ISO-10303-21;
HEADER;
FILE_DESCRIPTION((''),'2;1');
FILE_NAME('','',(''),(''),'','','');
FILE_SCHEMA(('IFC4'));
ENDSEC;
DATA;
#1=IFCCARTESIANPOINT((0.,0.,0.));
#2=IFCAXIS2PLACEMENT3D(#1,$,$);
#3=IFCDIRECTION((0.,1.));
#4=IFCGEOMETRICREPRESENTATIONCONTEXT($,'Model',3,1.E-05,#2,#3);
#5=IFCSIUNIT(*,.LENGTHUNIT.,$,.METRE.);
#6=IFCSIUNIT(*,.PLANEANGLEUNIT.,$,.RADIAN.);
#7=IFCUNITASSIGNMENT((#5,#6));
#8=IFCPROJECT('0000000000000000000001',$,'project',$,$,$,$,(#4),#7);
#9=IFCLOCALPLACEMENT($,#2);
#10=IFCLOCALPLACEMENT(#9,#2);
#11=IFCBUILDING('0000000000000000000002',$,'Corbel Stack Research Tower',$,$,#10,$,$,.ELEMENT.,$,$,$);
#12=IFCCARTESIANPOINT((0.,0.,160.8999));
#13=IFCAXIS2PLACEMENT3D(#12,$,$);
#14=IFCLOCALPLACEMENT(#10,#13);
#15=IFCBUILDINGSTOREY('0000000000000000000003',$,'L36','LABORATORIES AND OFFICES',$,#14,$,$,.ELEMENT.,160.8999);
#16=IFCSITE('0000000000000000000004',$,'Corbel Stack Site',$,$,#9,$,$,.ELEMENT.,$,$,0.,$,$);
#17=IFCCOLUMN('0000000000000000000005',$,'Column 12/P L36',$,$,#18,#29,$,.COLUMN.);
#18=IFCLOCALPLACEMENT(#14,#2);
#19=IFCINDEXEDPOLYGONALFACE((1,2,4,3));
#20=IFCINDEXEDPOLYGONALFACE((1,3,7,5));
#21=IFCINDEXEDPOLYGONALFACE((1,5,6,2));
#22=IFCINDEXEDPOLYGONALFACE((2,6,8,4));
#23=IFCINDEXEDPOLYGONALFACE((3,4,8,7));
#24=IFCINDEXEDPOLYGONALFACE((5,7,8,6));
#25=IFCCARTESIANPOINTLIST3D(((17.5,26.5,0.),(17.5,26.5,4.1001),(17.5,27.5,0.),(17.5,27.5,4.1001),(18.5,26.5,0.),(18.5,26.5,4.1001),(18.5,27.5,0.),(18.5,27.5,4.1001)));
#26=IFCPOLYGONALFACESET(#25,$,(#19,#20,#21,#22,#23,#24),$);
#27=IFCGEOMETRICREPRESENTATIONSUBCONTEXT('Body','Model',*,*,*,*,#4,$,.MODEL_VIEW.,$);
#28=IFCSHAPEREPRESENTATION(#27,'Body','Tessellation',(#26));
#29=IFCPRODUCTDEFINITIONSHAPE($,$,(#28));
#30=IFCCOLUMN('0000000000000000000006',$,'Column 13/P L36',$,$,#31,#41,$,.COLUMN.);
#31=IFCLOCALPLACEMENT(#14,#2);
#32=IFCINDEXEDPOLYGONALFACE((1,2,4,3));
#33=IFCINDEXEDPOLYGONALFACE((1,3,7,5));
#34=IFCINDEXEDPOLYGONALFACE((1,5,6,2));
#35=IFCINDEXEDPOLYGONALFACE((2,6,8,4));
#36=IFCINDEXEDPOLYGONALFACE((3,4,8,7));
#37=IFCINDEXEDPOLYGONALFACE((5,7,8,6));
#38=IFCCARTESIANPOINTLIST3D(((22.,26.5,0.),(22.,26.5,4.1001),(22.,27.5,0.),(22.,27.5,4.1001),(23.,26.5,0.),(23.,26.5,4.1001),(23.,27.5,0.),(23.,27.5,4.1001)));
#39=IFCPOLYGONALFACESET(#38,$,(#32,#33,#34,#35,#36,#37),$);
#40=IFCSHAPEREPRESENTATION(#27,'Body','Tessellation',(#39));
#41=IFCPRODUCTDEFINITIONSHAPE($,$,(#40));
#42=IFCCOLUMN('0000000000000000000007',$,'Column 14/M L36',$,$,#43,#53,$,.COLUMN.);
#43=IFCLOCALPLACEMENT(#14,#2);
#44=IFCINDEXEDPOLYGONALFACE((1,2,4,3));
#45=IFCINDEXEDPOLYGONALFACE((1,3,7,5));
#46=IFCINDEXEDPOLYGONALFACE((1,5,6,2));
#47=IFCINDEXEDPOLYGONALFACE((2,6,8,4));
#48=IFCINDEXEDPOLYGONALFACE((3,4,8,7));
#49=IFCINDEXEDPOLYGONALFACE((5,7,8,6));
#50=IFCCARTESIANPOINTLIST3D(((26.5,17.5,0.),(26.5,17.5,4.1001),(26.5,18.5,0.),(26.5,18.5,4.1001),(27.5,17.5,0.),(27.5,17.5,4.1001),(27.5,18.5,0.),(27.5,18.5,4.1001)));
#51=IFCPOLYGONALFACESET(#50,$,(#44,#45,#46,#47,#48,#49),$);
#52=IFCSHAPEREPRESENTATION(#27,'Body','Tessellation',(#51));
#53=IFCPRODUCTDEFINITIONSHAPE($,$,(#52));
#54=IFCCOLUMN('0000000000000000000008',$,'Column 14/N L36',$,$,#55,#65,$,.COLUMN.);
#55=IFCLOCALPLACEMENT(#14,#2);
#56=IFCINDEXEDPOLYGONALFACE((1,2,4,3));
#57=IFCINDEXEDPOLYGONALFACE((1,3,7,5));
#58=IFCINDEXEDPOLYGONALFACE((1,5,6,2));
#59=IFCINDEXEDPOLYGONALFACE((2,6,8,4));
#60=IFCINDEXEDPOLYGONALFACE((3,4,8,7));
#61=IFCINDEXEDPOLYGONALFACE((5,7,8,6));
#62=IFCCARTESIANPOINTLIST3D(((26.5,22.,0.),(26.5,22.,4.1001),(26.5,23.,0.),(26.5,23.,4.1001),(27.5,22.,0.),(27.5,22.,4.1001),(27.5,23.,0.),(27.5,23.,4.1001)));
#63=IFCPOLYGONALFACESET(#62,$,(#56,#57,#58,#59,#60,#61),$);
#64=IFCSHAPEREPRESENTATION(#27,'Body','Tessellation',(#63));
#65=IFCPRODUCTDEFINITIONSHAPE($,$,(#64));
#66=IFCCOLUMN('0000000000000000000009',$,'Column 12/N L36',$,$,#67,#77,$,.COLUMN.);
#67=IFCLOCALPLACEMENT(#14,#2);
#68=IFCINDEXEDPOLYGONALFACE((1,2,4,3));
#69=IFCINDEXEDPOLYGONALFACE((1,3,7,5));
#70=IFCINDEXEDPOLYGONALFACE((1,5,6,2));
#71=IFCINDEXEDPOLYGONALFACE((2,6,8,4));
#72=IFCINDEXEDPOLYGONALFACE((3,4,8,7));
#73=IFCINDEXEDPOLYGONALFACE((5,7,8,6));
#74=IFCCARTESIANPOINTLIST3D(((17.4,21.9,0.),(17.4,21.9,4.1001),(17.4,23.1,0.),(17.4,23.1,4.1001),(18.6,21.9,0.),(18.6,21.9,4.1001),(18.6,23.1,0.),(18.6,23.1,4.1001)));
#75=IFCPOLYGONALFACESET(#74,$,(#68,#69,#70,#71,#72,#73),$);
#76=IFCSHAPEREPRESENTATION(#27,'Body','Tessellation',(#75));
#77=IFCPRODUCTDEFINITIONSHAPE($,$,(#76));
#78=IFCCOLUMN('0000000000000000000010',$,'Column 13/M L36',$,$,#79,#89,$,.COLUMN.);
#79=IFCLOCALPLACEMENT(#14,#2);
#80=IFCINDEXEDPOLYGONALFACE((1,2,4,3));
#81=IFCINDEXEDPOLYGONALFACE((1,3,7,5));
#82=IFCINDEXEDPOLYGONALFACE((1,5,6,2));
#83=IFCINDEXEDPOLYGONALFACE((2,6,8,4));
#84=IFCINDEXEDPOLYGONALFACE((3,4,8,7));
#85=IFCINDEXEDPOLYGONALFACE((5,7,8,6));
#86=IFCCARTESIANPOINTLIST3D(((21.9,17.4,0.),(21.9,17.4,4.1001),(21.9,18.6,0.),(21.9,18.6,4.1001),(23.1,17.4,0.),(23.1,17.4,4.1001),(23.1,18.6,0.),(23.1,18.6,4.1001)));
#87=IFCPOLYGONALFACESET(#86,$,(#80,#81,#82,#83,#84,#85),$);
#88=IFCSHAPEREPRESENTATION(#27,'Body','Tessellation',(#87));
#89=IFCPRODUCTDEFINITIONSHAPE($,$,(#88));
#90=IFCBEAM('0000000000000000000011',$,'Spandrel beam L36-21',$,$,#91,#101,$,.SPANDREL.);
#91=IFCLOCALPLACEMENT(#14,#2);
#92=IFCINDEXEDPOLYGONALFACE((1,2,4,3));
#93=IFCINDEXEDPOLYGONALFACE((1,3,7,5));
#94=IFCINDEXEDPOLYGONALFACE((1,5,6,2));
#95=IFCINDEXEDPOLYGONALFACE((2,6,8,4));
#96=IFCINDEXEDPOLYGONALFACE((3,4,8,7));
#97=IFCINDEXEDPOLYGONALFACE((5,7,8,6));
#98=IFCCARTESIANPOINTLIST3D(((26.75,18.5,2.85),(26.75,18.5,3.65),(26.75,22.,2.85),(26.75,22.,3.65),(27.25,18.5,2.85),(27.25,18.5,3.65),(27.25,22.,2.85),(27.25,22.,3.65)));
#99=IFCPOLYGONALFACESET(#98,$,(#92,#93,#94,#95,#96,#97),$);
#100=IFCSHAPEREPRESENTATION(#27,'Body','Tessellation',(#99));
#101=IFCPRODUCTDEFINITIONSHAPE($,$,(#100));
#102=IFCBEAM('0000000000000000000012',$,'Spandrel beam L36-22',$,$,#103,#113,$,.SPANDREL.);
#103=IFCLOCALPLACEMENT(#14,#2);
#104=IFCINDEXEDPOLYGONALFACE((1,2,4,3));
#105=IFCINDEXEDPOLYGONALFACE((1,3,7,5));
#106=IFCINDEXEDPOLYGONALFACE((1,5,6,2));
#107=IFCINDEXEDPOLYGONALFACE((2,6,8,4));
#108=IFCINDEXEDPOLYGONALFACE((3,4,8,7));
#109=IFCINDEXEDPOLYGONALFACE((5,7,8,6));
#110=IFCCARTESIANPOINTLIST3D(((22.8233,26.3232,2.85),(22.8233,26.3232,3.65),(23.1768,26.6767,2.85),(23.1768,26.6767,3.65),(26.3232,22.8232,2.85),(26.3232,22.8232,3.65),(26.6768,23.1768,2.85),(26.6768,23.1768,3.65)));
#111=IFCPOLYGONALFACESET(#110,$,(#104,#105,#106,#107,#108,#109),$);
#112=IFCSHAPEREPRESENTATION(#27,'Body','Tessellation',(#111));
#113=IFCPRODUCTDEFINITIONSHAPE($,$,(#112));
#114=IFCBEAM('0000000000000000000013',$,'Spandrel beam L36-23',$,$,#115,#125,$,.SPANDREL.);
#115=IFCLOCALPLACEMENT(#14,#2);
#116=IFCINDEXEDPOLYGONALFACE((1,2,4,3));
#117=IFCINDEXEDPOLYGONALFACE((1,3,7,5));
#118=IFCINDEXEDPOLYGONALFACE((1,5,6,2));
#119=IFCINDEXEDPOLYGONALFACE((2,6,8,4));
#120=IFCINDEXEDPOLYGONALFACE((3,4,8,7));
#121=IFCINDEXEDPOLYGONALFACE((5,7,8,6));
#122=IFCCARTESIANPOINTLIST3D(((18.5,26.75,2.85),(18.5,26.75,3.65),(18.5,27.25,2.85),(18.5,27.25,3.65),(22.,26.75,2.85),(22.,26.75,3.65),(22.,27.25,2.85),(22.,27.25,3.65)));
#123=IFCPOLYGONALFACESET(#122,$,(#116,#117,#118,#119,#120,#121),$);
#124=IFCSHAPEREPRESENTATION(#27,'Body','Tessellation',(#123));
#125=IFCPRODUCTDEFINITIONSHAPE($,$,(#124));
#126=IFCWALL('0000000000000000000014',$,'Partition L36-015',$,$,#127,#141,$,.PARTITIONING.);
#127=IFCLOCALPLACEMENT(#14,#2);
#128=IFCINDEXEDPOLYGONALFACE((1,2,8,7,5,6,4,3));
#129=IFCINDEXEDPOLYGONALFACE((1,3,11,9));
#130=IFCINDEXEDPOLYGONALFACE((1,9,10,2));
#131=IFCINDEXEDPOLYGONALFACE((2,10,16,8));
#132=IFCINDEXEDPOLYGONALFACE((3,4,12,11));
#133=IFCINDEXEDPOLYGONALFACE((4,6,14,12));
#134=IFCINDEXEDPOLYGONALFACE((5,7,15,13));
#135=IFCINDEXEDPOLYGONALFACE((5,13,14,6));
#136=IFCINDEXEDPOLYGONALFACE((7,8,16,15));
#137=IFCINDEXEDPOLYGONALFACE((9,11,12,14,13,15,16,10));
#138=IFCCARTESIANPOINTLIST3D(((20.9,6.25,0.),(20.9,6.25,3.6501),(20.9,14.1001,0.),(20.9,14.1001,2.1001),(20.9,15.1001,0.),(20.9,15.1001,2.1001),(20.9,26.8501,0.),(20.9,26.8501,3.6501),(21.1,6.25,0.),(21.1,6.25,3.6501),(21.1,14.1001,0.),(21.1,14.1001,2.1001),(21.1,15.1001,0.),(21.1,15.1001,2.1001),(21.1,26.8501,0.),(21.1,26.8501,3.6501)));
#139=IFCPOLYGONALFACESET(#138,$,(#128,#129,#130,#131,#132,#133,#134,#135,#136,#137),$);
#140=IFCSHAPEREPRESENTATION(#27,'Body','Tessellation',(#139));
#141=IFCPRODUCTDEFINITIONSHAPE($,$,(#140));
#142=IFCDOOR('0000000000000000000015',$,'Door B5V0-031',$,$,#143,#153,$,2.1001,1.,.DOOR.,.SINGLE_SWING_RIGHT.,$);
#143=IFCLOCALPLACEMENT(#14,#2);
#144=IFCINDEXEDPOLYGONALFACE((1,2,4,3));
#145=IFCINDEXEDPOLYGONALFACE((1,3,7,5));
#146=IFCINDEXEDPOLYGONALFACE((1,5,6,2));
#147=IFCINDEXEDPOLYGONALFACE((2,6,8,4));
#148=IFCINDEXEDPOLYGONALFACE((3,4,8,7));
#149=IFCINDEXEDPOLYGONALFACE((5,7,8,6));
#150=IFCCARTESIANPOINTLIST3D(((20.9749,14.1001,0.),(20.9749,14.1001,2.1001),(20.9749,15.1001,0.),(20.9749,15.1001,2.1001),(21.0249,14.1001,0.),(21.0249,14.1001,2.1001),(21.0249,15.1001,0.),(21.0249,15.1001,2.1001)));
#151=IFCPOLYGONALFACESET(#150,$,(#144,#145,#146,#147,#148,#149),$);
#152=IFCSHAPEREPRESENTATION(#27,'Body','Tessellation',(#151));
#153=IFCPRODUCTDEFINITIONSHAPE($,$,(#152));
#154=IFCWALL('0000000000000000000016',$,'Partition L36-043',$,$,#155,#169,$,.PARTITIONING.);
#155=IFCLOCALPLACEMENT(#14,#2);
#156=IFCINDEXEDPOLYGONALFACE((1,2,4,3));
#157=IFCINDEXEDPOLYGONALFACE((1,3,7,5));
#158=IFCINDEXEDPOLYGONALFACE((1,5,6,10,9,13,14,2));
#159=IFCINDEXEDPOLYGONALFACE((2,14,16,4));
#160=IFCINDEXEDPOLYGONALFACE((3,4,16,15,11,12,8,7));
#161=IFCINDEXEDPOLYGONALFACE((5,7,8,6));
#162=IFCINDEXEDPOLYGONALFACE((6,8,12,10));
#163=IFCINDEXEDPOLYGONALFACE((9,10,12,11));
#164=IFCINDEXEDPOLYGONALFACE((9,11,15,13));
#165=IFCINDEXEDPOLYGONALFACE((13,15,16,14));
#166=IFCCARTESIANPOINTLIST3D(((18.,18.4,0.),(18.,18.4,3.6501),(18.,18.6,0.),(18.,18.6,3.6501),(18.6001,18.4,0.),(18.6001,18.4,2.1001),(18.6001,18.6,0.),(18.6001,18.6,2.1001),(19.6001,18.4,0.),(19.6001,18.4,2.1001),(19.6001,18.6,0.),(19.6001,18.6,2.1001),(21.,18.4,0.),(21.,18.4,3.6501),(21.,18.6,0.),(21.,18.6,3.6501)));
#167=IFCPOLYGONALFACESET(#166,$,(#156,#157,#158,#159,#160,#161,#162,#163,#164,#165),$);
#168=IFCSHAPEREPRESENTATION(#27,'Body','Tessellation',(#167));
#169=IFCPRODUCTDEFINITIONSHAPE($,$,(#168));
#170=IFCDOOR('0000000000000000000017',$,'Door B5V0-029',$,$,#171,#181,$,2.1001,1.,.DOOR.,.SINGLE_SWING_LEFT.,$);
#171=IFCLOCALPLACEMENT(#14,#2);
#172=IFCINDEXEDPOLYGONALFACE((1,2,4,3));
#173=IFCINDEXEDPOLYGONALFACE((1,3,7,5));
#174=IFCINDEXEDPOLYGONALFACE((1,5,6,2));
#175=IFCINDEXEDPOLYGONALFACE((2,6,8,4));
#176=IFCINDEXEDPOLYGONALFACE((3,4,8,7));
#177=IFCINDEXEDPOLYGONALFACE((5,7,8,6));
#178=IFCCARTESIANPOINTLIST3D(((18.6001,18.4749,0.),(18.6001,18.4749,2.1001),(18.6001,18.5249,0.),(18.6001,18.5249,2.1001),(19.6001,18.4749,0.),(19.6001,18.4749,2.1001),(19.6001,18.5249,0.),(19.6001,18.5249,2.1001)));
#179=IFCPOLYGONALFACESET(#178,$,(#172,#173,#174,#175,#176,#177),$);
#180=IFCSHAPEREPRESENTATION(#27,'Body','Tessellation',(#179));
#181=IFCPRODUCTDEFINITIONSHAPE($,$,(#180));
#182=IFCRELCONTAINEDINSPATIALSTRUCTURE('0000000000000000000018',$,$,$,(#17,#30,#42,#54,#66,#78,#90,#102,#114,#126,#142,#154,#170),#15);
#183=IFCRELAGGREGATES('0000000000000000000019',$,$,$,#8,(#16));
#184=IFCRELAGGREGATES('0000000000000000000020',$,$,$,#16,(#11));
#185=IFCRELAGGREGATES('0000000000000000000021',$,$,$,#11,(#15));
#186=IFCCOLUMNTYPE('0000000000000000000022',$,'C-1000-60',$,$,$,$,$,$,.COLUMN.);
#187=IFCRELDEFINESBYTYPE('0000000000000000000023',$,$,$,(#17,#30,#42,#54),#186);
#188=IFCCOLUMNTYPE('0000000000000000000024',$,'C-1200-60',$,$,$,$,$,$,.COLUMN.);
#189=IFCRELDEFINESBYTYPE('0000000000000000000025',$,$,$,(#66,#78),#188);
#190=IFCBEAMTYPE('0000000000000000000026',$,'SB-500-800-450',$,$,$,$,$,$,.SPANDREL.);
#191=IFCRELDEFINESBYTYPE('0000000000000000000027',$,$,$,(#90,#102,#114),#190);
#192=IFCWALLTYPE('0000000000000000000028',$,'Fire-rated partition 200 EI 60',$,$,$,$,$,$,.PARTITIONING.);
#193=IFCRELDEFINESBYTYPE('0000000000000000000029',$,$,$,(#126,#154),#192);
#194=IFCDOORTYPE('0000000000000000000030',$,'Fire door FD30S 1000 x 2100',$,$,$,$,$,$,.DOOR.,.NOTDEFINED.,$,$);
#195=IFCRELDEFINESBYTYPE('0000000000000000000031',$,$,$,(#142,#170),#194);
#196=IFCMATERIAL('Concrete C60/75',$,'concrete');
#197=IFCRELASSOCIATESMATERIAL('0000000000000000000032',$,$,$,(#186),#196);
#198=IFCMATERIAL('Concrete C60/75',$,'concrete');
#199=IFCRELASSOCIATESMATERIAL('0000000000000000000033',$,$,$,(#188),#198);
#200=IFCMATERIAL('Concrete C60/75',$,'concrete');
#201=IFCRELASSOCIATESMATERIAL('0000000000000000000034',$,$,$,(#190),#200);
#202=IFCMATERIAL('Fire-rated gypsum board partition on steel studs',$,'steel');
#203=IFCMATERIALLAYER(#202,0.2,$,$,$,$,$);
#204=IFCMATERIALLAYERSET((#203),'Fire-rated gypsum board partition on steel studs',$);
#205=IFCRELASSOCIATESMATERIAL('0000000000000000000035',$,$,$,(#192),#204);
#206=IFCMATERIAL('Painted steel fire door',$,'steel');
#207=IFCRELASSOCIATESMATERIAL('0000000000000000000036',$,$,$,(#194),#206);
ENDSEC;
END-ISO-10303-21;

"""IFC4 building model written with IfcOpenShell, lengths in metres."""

from ifc_helpers import new_model, si_unit, direction, frame, frame_2d, origin, origin_2d, place, context, subcontext, project, spatial, rectangle, extrude, material, layer, layer_set, material_profile, profile_set, type_object, element, fill, save


model = new_model("IFC4")

# Units and contexts
model_context = context("Model", 3, precision=1e-05, world=origin(), true_north=direction((0.0, 1.0)))
body_context = subcontext(model_context, "Body", "Model", "MODEL_VIEW")
ifc_project = project(units=[si_unit("LENGTHUNIT", "METRE"), si_unit("PLANEANGLEUNIT", "RADIAN")], contexts=[model_context])

# Site, building, storey
site_placement = place(None, origin())
site = spatial("IfcSite", under=ifc_project, at=site_placement, Name="Corbel Stack Site", CompositionType="ELEMENT", RefElevation=0.0)
building_placement = place(site_placement, origin())
building = spatial("IfcBuilding", under=site, at=building_placement, Name="Corbel Stack Research Tower", CompositionType="ELEMENT")
storey_placement = place(building_placement, frame((0.0, 0.0, 160.8999)))
storey = spatial("IfcBuildingStorey", under=building, at=storey_placement, Name="L36", Description="LABORATORIES AND OFFICES", CompositionType="ELEMENT", Elevation=160.8999)

# Columns
ifc_material_1 = material(Name="Concrete C60/75", Category="concrete")
ifc_material_profile_1 = material_profile(ifc_material_1, rectangle(XDim=1.0, YDim=1.0, at=origin_2d()), Name="RC 1000 x 1000")
ifc_profile_set_1 = profile_set([ifc_material_profile_1], Name="Concrete C60/75")
column_type_1 = type_object("IfcColumnType", Name="C-1000-60", PredefinedType="COLUMN", material=ifc_profile_set_1)
for number, where, z_axis, x_axis, name in (
    (1, (18.0, 27.0, 0.0), (0.0, 0.0, 1.0), (1.0, 0.0, 0.0), "Column 12/P L36"),
    (2, (22.5, 27.0, 0.0), (0.0, 0.0, 1.0), (1.0, 0.0, 0.0), "Column 13/P L36"),
    (3, (27.0, 18.0, 0.0), (0.0, 0.0, 1.0), (1.0, 0.0, 0.0), "Column 14/M L36"),
    (4, (27.0, 22.5, 0.0), (0.0, 0.0, 1.0), (1.0, 0.0, 0.0), "Column 14/N L36"),
):
    element("IfcColumn", number, at=place(storey_placement, frame(where, z_axis=z_axis, x_axis=x_axis)), inside=storey, type_object=column_type_1, Name=name, PredefinedType="COLUMN", context=body_context, shape_type="SweptSolid", body=[
        extrude(rectangle(XDim=1.0, YDim=1.0, at=origin_2d()), origin(), (0.0, 0.0, 1.0), 4.1001),
    ])
ifc_material_2 = material(Name="Concrete C60/75", Category="concrete")
ifc_material_profile_2 = material_profile(ifc_material_2, rectangle(XDim=1.2, YDim=1.2, at=origin_2d()), Name="RC 1200 x 1200")
ifc_profile_set_2 = profile_set([ifc_material_profile_2], Name="Concrete C60/75")
column_type_2 = type_object("IfcColumnType", Name="C-1200-60", PredefinedType="COLUMN", material=ifc_profile_set_2)
for number, where, z_axis, x_axis, name in (
    (5, (18.0, 22.5, 0.0), (0.0, 0.0, 1.0), (1.0, 0.0, 0.0), "Column 12/N L36"),
    (6, (22.5, 18.0, 0.0), (0.0, 0.0, 1.0), (1.0, 0.0, 0.0), "Column 13/M L36"),
):
    element("IfcColumn", number, at=place(storey_placement, frame(where, z_axis=z_axis, x_axis=x_axis)), inside=storey, type_object=column_type_2, Name=name, PredefinedType="COLUMN", context=body_context, shape_type="SweptSolid", body=[
        extrude(rectangle(XDim=1.2, YDim=1.2, at=origin_2d()), origin(), (0.0, 0.0, 1.0), 4.1001),
    ])

# Beams
ifc_material_3 = material(Name="Concrete C60/75", Category="concrete")
ifc_material_profile_3 = material_profile(ifc_material_3, rectangle(XDim=0.5, YDim=0.8, at=origin_2d()), Name="RC 500 x 800")
ifc_profile_set_3 = profile_set([ifc_material_profile_3], Name="Concrete C60/75")
beam_type = type_object("IfcBeamType", Name="SB-500-800-450", PredefinedType="SPANDREL", material=ifc_profile_set_3)
beam_1_placement = place(storey_placement, frame((27.0, 18.5, 3.25), z_axis=(0.0, 1.0, 0.0), x_axis=(-1.0, 0.0, 0.0)))
element("IfcBeam", 7, at=beam_1_placement, inside=storey, type_object=beam_type, Name="Spandrel beam L36-21", PredefinedType="SPANDREL", context=body_context, shape_type="SweptSolid", body=[
    extrude(rectangle(XDim=0.5, YDim=0.8, at=origin_2d()), origin(), (0.0, 0.0, 1.0), 3.5),
])
beam_2_placement = place(storey_placement, frame((26.5, 23.0, 3.25), z_axis=(-0.707107, 0.707107, 0.0), x_axis=(-0.707107, -0.707107, 0.0)))
element("IfcBeam", 8, at=beam_2_placement, inside=storey, type_object=beam_type, Name="Spandrel beam L36-22", PredefinedType="SPANDREL", context=body_context, shape_type="SweptSolid", body=[
    extrude(rectangle(XDim=0.5, YDim=0.8, at=origin_2d()), origin(), (0.0, 0.0, 1.0), 4.9497),
])
beam_3_placement = place(storey_placement, frame((22.0, 27.0, 3.25), z_axis=(-1.0, 0.0, 0.0), x_axis=(0.0, -1.0, 0.0)))
element("IfcBeam", 9, at=beam_3_placement, inside=storey, type_object=beam_type, Name="Spandrel beam L36-23", PredefinedType="SPANDREL", context=body_context, shape_type="SweptSolid", body=[
    extrude(rectangle(XDim=0.5, YDim=0.8, at=origin_2d()), origin(), (0.0, 0.0, 1.0), 3.5),
])

# Walls, openings, doors
ifc_material_4 = material(Name="Fire-rated gypsum board partition on steel studs", Category="steel")
ifc_layer_1 = layer(ifc_material_4, 0.2)
ifc_layer_set_1 = layer_set([ifc_layer_1], Name="Fire-rated gypsum board partition on steel studs")
wall_type_1 = type_object("IfcWallType", Name="Fire-rated partition 200 EI 60", PredefinedType="PARTITIONING", material=ifc_layer_set_1)
wall_1_placement = place(storey_placement, frame((21.0, 26.8501, 0.0), z_axis=(0.0, 0.0, 1.0), x_axis=(0.0, -1.0, 0.0)))
wall_1 = element("IfcWall", 10, at=wall_1_placement, inside=storey, type_object=wall_type_1, Name="Partition L36-015", PredefinedType="PARTITIONING", context=body_context, shape_type="SweptSolid", body=[
    extrude(rectangle(XDim=20.6001, YDim=0.2, at=frame_2d((10.3, 0.0))), origin(), (0.0, 0.0, 1.0), 3.6501),
])
opening_1_placement = place(wall_1_placement, frame((11.75, 0.0, 0.0)))
opening_1 = element("IfcOpeningElement", 11, at=opening_1_placement, cuts=wall_1, PredefinedType="OPENING", context=body_context, shape_type="SweptSolid", body=[
    extrude(rectangle(XDim=1.0, YDim=2.1001, at=frame_2d((0.5, 1.05))), frame((0.0, 0.1099, 0.0), z_axis=(0.0, -1.0, 0.0), x_axis=(1.0, 0.0, 0.0)), (0.0, 0.0, 1.0), 0.22),
])
ifc_material_5 = material(Name="Painted steel fire door", Category="steel")
door_type_1 = type_object("IfcDoorType", Name="Fire door FD30S 1000 x 2100", OperationType="NOTDEFINED", PredefinedType="DOOR", material=ifc_material_5)
door_1_placement = place(opening_1_placement, origin())
door_1 = element("IfcDoor", 12, at=door_1_placement, inside=storey, type_object=door_type_1, Name="Door B5V0-031", OperationType="SINGLE_SWING_RIGHT", OverallHeight=2.1001, OverallWidth=1.0, PredefinedType="DOOR", context=body_context, shape_type="SweptSolid", body=[
    extrude(rectangle(XDim=1.0, YDim=2.1001, at=frame_2d((0.5, 1.05))), frame((0.0, 0.0249, 0.0), z_axis=(0.0, -1.0, 0.0), x_axis=(1.0, 0.0, 0.0)), (0.0, 0.0, 1.0), 0.05),
])
fill(opening_1, door_1)
wall_2_placement = place(storey_placement, frame((18.0, 18.5, 0.0), z_axis=(0.0, 0.0, 1.0), x_axis=(1.0, 0.0, 0.0)))
wall_2 = element("IfcWall", 13, at=wall_2_placement, inside=storey, type_object=wall_type_1, Name="Partition L36-043", PredefinedType="PARTITIONING", context=body_context, shape_type="SweptSolid", body=[
    extrude(rectangle(XDim=3.0, YDim=0.2, at=frame_2d((1.5, 0.0))), origin(), (0.0, 0.0, 1.0), 3.6501),
])
opening_2_placement = place(wall_2_placement, frame((0.6001, 0.0, 0.0)))
opening_2 = element("IfcOpeningElement", 14, at=opening_2_placement, cuts=wall_2, PredefinedType="OPENING", context=body_context, shape_type="SweptSolid", body=[
    extrude(rectangle(XDim=1.0, YDim=2.1001, at=frame_2d((0.5, 1.05))), frame((0.0, 0.1099, 0.0), z_axis=(0.0, -1.0, 0.0), x_axis=(1.0, 0.0, 0.0)), (0.0, 0.0, 1.0), 0.22),
])
door_2_placement = place(opening_2_placement, origin())
door_2 = element("IfcDoor", 15, at=door_2_placement, inside=storey, type_object=door_type_1, Name="Door B5V0-029", OperationType="SINGLE_SWING_LEFT", OverallHeight=2.1001, OverallWidth=1.0, PredefinedType="DOOR", context=body_context, shape_type="SweptSolid", body=[
    extrude(rectangle(XDim=1.0, YDim=2.1001, at=frame_2d((0.5, 1.05))), frame((0.0, 0.0249, 0.0), z_axis=(0.0, -1.0, 0.0), x_axis=(1.0, 0.0, 0.0)), (0.0, 0.0, 1.0), 0.05),
])
fill(opening_2, door_2)

save(model, "model.ifc")
